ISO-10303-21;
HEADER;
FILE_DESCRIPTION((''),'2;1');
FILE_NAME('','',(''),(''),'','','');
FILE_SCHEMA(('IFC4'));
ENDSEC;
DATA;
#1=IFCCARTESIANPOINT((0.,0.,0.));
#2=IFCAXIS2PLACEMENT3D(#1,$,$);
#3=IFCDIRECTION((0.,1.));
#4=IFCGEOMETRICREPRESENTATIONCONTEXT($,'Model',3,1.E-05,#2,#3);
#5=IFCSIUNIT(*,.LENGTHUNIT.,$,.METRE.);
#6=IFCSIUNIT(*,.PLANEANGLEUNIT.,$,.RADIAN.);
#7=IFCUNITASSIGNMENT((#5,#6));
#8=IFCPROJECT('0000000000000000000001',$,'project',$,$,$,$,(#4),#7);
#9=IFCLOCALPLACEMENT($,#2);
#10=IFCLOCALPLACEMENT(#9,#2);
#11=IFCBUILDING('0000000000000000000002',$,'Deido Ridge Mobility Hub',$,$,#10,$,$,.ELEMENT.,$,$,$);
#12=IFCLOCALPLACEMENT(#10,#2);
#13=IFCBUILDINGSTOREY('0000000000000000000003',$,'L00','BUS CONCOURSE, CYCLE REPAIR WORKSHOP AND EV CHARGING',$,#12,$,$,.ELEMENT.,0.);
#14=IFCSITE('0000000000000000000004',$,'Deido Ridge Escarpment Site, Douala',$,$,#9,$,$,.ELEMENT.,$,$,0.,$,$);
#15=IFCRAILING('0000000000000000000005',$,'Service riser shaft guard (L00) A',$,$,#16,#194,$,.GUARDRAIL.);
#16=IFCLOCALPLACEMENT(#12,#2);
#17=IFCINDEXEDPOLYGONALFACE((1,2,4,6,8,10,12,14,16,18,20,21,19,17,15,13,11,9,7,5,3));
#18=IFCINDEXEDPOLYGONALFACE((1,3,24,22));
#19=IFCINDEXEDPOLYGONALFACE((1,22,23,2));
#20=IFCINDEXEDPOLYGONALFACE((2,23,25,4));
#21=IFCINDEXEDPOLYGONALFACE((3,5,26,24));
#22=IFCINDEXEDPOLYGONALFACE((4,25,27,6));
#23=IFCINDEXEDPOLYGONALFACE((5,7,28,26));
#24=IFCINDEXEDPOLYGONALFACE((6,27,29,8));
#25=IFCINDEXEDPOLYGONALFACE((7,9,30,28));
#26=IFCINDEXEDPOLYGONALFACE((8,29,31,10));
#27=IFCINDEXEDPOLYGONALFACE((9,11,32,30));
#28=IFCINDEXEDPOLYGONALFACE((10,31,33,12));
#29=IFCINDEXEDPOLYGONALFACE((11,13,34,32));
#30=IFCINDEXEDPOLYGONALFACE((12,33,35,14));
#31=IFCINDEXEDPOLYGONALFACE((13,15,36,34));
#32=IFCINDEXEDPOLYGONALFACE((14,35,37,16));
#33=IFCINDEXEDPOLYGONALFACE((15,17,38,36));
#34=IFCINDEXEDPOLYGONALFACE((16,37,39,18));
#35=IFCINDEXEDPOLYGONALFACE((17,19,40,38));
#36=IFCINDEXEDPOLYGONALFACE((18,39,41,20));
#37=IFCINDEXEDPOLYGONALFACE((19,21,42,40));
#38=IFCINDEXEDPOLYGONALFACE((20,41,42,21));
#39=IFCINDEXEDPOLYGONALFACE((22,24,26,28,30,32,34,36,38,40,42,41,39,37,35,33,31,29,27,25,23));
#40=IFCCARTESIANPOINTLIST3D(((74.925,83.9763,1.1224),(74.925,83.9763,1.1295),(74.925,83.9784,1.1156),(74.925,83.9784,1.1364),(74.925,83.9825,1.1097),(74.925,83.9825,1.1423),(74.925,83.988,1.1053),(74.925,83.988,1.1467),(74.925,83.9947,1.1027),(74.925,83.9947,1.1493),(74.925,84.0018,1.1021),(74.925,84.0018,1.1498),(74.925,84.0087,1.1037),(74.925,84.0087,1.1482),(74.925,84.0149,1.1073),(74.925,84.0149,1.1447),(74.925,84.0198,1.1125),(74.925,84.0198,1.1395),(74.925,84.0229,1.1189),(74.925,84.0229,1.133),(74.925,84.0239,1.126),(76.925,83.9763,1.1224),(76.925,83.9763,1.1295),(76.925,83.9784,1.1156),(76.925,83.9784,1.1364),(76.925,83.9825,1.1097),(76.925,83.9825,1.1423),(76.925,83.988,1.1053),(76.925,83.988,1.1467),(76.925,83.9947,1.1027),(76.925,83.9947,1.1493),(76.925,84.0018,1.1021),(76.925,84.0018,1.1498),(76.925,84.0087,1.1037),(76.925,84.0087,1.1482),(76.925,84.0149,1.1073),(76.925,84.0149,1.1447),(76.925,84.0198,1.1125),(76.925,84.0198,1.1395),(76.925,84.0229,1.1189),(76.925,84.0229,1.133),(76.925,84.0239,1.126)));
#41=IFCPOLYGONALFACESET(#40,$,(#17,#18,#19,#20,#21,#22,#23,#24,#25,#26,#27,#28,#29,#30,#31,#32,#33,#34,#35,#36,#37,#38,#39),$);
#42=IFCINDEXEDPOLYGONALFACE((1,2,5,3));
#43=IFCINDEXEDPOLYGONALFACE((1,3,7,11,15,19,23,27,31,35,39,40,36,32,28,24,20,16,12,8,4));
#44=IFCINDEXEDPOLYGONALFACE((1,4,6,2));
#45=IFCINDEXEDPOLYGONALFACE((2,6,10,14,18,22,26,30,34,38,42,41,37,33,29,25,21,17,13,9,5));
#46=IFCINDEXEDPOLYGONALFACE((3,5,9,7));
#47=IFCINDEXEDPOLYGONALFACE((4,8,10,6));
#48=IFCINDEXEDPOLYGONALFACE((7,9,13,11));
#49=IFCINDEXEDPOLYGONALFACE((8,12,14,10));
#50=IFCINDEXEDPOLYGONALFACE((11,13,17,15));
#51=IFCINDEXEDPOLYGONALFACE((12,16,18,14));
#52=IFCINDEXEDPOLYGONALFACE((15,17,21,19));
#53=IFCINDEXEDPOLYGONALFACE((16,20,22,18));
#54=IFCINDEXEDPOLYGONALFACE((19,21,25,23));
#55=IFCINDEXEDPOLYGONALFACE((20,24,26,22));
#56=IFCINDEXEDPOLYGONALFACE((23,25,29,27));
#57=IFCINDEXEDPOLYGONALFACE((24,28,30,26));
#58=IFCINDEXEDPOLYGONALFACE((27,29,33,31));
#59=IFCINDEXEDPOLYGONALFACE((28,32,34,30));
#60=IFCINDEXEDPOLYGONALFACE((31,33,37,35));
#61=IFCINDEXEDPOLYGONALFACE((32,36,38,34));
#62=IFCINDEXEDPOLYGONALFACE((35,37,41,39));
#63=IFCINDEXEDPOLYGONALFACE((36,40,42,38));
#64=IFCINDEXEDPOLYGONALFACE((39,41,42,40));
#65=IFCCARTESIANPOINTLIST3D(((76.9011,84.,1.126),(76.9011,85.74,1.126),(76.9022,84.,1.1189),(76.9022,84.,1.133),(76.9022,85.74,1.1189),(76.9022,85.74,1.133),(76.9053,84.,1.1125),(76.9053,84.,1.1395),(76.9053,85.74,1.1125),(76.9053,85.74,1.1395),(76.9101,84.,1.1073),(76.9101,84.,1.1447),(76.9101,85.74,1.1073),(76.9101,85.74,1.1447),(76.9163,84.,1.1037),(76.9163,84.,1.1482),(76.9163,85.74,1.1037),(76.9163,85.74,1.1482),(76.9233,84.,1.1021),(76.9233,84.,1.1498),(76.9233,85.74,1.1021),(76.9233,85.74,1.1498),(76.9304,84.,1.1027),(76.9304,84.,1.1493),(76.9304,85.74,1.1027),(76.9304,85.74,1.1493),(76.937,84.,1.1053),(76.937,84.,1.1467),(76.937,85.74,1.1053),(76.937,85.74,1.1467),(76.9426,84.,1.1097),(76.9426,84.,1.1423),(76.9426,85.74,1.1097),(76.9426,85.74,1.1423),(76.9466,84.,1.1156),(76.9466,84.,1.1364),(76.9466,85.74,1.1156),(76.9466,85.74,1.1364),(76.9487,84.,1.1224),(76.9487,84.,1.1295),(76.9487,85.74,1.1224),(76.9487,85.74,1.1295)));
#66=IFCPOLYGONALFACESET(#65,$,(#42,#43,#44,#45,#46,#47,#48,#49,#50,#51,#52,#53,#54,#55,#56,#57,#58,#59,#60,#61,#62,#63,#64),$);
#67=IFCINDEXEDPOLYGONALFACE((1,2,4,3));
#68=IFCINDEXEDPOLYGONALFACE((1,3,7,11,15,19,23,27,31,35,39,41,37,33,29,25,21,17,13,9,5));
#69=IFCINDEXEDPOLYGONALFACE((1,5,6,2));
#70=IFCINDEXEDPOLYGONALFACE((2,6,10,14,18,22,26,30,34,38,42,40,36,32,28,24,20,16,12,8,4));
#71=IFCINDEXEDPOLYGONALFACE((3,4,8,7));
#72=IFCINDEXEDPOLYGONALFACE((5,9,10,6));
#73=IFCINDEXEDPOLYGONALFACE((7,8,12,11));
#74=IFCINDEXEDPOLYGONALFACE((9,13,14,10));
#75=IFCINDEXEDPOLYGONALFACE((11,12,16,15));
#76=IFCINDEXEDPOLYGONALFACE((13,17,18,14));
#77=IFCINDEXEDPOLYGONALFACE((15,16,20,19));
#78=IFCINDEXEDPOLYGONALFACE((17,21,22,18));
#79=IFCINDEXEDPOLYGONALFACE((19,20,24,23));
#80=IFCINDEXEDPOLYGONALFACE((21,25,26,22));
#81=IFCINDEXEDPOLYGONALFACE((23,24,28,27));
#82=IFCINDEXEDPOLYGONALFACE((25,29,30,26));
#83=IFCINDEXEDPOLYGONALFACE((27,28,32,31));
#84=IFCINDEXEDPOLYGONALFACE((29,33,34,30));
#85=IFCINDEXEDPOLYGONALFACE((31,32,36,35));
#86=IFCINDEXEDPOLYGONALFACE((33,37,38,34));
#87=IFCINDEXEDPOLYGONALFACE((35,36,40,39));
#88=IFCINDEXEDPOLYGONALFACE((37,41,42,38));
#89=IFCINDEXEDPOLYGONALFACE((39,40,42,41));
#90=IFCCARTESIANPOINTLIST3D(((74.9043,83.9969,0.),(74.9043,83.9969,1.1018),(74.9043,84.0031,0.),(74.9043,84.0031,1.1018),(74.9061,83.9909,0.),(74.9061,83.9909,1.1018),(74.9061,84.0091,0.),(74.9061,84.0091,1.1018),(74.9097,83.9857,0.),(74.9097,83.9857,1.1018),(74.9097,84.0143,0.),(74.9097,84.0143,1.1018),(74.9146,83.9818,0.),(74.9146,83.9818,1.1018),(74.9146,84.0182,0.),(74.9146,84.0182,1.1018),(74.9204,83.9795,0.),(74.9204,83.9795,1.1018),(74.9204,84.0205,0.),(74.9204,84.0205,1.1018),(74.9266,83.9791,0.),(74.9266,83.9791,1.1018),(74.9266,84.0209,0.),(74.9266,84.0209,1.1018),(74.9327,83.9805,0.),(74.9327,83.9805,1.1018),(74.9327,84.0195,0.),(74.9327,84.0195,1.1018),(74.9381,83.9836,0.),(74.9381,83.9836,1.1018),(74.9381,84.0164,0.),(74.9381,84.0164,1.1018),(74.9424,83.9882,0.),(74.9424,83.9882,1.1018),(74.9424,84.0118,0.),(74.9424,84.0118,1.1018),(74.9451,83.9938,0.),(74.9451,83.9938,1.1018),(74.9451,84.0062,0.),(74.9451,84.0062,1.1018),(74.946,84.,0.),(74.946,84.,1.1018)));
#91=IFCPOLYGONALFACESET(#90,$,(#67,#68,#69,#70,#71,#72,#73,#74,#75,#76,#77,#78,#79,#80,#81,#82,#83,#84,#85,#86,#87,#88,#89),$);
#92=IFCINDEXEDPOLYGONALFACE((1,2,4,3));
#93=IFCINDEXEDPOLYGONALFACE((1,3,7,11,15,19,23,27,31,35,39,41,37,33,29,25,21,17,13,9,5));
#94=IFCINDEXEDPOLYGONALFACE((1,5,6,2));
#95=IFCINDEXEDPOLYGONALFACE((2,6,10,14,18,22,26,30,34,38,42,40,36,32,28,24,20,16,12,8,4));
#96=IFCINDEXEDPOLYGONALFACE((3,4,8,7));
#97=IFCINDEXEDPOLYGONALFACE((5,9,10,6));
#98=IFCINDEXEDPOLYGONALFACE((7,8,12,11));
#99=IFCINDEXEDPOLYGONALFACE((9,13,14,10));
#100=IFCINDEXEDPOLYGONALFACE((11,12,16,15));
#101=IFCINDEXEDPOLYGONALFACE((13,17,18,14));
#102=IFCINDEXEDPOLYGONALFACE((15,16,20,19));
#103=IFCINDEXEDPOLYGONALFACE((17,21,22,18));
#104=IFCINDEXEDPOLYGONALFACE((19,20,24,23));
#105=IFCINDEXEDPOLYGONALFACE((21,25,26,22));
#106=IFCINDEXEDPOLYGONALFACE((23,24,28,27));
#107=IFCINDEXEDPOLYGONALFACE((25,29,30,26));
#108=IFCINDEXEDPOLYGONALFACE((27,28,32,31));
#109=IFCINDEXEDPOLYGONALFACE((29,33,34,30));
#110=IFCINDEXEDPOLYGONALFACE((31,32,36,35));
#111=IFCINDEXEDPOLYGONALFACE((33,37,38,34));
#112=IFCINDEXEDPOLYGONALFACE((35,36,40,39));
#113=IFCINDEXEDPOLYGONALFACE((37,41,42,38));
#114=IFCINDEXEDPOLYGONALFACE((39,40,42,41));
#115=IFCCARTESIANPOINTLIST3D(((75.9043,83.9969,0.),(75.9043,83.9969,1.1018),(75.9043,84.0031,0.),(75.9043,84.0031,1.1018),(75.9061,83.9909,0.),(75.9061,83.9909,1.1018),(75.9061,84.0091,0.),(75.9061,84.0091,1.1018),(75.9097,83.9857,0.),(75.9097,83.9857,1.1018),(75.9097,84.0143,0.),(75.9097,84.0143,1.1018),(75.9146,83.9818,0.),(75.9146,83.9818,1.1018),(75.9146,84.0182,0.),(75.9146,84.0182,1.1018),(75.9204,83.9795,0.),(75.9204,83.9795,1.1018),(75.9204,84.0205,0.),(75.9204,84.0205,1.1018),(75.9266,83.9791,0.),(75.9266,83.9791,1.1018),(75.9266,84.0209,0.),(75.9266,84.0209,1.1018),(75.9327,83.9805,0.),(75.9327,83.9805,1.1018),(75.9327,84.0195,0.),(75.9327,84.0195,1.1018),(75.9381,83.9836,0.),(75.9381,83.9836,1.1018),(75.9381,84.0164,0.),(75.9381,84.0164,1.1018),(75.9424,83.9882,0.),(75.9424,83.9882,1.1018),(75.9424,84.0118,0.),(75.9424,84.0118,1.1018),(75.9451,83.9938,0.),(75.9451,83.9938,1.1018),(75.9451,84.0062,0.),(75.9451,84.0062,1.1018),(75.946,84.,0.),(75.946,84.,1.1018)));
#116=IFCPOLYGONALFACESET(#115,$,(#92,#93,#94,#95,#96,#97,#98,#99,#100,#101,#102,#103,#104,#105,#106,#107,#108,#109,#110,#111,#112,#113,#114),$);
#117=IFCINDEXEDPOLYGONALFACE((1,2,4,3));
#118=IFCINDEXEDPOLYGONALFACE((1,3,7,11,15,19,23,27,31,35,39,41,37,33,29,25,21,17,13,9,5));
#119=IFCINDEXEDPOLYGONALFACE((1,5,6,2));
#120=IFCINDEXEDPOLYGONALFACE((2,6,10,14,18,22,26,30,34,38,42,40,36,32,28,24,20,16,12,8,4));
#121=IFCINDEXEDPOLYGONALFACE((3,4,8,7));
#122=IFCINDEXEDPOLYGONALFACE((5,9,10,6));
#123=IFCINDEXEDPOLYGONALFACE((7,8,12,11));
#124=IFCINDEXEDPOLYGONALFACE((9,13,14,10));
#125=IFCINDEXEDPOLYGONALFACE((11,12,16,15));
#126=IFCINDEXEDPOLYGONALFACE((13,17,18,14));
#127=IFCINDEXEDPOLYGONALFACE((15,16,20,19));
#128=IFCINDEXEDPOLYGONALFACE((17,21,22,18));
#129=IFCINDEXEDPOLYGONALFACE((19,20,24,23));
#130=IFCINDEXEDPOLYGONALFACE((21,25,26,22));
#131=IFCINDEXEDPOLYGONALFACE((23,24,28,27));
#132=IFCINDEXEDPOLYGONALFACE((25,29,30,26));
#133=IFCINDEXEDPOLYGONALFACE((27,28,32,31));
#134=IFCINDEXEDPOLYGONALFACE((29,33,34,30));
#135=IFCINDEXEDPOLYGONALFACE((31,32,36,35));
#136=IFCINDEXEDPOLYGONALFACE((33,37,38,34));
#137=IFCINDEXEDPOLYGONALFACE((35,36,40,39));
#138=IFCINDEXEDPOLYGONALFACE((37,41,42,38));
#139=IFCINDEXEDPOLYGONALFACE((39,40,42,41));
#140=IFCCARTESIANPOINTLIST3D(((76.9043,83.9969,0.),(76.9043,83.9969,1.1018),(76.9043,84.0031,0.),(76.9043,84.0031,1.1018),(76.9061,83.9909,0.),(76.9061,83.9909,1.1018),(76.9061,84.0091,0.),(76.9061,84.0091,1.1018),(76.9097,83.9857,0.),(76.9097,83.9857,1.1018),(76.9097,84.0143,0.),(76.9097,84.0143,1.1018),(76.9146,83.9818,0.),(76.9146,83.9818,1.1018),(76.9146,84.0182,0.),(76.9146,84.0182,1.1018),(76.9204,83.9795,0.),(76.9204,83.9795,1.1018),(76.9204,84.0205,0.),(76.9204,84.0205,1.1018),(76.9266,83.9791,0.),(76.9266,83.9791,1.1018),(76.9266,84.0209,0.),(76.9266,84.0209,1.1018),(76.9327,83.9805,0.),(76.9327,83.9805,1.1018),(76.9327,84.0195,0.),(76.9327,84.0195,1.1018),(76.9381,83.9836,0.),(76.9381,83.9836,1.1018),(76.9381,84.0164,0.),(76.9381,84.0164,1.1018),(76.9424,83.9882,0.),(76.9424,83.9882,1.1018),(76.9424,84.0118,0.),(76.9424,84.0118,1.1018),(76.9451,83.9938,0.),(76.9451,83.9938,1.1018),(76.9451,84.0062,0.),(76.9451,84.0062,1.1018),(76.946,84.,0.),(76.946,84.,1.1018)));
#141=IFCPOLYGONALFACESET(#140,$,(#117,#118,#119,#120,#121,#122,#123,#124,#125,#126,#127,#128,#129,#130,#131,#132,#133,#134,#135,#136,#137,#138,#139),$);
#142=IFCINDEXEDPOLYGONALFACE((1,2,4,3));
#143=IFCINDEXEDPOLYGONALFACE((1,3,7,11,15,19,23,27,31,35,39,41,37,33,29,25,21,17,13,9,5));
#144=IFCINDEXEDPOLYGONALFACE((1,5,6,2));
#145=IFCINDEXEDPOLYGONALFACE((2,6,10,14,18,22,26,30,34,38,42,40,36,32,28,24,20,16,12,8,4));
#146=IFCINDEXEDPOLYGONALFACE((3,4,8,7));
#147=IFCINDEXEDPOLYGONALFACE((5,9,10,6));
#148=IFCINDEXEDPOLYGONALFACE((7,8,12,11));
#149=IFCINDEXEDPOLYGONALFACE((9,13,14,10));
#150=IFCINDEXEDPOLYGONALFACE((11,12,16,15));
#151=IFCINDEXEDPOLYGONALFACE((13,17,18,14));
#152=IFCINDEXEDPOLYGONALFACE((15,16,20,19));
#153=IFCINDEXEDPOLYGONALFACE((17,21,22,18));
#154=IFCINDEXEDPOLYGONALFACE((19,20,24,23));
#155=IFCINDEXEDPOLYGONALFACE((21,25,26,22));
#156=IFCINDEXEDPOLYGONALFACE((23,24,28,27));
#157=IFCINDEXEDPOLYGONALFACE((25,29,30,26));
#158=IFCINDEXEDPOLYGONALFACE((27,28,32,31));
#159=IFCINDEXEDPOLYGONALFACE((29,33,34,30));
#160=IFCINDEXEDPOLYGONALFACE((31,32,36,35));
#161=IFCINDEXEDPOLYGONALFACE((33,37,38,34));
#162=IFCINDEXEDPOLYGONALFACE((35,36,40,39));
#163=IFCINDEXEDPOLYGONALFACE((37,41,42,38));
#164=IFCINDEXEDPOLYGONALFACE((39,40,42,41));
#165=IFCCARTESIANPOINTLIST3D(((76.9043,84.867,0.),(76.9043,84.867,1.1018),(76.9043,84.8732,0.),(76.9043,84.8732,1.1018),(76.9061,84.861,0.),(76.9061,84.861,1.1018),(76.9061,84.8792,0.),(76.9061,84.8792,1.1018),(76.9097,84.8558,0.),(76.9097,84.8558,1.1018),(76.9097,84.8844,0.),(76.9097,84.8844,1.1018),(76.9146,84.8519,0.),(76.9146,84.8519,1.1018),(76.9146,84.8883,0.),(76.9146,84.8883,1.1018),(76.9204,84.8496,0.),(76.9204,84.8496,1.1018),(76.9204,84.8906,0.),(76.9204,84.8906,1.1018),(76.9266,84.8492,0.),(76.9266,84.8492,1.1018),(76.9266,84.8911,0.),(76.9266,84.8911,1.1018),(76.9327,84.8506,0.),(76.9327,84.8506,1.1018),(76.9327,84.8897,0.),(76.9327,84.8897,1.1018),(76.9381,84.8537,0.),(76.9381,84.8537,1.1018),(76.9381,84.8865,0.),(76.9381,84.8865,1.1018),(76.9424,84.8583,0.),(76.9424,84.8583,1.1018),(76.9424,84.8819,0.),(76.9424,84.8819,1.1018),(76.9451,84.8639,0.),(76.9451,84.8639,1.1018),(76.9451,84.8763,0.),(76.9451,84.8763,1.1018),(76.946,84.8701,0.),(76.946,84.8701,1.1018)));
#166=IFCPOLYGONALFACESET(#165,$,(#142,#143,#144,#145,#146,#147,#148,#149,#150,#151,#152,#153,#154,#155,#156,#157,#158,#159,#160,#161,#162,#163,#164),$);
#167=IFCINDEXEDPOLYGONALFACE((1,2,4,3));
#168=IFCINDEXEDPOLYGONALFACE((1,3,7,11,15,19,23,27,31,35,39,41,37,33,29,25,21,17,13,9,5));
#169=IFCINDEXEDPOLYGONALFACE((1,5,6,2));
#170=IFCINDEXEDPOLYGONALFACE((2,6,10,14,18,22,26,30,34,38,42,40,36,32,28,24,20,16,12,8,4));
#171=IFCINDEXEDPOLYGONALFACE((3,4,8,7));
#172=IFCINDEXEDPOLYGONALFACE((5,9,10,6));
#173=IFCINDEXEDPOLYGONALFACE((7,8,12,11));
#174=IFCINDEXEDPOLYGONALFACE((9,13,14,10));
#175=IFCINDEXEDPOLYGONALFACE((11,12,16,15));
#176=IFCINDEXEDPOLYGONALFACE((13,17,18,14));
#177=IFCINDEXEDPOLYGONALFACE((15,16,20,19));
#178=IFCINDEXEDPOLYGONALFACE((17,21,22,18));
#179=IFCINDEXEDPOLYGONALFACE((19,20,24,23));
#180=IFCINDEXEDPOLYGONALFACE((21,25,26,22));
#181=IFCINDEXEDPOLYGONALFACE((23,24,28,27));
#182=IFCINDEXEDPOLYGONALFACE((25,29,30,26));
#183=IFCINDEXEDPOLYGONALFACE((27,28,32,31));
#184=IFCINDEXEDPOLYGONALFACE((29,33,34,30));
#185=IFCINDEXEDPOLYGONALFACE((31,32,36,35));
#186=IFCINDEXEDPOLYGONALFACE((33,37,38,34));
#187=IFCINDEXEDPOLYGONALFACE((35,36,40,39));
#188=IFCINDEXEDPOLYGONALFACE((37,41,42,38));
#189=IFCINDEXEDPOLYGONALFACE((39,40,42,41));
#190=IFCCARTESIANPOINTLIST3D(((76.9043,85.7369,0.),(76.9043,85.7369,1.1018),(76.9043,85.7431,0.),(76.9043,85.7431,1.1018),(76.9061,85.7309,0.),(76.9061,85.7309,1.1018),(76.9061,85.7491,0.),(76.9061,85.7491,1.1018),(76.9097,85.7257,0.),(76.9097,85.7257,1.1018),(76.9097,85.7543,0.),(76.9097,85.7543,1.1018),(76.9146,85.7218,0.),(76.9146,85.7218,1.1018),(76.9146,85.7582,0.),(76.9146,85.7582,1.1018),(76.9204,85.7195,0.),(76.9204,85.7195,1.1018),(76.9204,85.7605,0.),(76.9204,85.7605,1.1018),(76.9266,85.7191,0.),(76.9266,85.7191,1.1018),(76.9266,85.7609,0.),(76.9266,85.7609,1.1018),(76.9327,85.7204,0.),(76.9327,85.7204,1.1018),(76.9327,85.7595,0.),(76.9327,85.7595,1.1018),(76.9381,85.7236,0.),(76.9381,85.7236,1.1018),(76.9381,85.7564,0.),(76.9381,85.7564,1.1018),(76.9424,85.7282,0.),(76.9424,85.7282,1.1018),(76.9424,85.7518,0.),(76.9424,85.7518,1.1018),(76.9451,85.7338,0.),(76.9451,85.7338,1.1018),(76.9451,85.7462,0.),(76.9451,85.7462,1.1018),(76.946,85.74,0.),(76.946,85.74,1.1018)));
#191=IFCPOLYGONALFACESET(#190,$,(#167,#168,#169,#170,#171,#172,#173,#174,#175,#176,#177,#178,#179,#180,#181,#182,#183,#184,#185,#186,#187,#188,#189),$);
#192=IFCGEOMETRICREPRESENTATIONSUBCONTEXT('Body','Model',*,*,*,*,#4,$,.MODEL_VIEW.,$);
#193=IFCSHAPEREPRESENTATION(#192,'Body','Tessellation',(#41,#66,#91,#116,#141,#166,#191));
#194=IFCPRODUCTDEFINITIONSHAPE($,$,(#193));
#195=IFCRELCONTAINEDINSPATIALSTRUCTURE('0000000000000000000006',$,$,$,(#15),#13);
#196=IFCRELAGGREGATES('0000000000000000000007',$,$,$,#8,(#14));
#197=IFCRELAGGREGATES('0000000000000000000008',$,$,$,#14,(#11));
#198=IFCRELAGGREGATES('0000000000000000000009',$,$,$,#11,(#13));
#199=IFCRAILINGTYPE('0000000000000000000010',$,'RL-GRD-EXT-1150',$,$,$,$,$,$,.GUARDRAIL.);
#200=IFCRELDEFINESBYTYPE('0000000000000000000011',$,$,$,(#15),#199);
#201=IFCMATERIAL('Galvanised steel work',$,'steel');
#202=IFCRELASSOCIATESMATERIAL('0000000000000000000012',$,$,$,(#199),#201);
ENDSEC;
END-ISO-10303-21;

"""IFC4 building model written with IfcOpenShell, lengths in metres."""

from ifc_helpers import new_model, si_unit, direction, frame, origin, origin_2d, place, context, subcontext, project, spatial, circle, extrude, material, type_object, element, save


model = new_model("IFC4")

# Units and contexts
model_context = context("Model", 3, precision=1e-05, world=origin(), true_north=direction((0.0, 1.0)))
body_context = subcontext(model_context, "Body", "Model", "MODEL_VIEW")
ifc_project = project(units=[si_unit("LENGTHUNIT", "METRE"), si_unit("PLANEANGLEUNIT", "RADIAN")], contexts=[model_context])

# Site, building, storey
site_placement = place(None, origin())
site = spatial("IfcSite", under=ifc_project, at=site_placement, Name="Deido Ridge Escarpment Site, Douala", CompositionType="ELEMENT", RefElevation=0.0)
building_placement = place(site_placement, origin())
building = spatial("IfcBuilding", under=site, at=building_placement, Name="Deido Ridge Mobility Hub", CompositionType="ELEMENT")
storey_placement = place(building_placement, origin())
storey = spatial("IfcBuildingStorey", under=building, at=storey_placement, Name="L00", Description="BUS CONCOURSE, CYCLE REPAIR WORKSHOP AND EV CHARGING", CompositionType="ELEMENT", Elevation=0.0)

# Shared definitions
ifc_material_1 = material(Name="Galvanised steel work", Category="steel")

# Railing
railing_type = type_object("IfcRailingType", Name="RL-GRD-EXT-1150", PredefinedType="GUARDRAIL", material=ifc_material_1)
railing_1_placement = place(storey_placement, frame((74.925, 84.0, 0.0)))
element("IfcRailing", 1, at=railing_1_placement, inside=storey, type_object=railing_type, Name="Service riser shaft guard (L00) A", PredefinedType="GUARDRAIL", context=body_context, shape_type="SweptSolid", body=[
    extrude(circle(Radius=0.0239, at=origin_2d()), frame((0.0, 0.0, 1.126), z_axis=(1.0, 0.0, 0.0), x_axis=(0.0, 1.0, 0.0)), (0.0, 0.0, 1.0), 2.0),
    extrude(circle(Radius=0.0239, at=origin_2d()), frame((2.0, 0.0, 1.126), z_axis=(0.0, 1.0, 0.0), x_axis=(-1.0, 0.0, 0.0)), (0.0, 0.0, 1.0), 1.74),
    extrude(circle(Radius=0.021, at=origin_2d()), origin(), (0.0, 0.0, 1.0), 1.1018),
    extrude(circle(Radius=0.021, at=origin_2d()), frame((1.0, 0.0, 0.0)), (0.0, 0.0, 1.0), 1.1018),
    extrude(circle(Radius=0.021, at=origin_2d()), frame((2.0, 0.0, 0.0)), (0.0, 0.0, 1.0), 1.1018),
    extrude(circle(Radius=0.021, at=origin_2d()), frame((2.0, 0.8701, 0.0)), (0.0, 0.0, 1.0), 1.1018),
    extrude(circle(Radius=0.021, at=origin_2d()), frame((2.0, 1.74, 0.0)), (0.0, 0.0, 1.0), 1.1018),
])

save(model, "model.ifc")
